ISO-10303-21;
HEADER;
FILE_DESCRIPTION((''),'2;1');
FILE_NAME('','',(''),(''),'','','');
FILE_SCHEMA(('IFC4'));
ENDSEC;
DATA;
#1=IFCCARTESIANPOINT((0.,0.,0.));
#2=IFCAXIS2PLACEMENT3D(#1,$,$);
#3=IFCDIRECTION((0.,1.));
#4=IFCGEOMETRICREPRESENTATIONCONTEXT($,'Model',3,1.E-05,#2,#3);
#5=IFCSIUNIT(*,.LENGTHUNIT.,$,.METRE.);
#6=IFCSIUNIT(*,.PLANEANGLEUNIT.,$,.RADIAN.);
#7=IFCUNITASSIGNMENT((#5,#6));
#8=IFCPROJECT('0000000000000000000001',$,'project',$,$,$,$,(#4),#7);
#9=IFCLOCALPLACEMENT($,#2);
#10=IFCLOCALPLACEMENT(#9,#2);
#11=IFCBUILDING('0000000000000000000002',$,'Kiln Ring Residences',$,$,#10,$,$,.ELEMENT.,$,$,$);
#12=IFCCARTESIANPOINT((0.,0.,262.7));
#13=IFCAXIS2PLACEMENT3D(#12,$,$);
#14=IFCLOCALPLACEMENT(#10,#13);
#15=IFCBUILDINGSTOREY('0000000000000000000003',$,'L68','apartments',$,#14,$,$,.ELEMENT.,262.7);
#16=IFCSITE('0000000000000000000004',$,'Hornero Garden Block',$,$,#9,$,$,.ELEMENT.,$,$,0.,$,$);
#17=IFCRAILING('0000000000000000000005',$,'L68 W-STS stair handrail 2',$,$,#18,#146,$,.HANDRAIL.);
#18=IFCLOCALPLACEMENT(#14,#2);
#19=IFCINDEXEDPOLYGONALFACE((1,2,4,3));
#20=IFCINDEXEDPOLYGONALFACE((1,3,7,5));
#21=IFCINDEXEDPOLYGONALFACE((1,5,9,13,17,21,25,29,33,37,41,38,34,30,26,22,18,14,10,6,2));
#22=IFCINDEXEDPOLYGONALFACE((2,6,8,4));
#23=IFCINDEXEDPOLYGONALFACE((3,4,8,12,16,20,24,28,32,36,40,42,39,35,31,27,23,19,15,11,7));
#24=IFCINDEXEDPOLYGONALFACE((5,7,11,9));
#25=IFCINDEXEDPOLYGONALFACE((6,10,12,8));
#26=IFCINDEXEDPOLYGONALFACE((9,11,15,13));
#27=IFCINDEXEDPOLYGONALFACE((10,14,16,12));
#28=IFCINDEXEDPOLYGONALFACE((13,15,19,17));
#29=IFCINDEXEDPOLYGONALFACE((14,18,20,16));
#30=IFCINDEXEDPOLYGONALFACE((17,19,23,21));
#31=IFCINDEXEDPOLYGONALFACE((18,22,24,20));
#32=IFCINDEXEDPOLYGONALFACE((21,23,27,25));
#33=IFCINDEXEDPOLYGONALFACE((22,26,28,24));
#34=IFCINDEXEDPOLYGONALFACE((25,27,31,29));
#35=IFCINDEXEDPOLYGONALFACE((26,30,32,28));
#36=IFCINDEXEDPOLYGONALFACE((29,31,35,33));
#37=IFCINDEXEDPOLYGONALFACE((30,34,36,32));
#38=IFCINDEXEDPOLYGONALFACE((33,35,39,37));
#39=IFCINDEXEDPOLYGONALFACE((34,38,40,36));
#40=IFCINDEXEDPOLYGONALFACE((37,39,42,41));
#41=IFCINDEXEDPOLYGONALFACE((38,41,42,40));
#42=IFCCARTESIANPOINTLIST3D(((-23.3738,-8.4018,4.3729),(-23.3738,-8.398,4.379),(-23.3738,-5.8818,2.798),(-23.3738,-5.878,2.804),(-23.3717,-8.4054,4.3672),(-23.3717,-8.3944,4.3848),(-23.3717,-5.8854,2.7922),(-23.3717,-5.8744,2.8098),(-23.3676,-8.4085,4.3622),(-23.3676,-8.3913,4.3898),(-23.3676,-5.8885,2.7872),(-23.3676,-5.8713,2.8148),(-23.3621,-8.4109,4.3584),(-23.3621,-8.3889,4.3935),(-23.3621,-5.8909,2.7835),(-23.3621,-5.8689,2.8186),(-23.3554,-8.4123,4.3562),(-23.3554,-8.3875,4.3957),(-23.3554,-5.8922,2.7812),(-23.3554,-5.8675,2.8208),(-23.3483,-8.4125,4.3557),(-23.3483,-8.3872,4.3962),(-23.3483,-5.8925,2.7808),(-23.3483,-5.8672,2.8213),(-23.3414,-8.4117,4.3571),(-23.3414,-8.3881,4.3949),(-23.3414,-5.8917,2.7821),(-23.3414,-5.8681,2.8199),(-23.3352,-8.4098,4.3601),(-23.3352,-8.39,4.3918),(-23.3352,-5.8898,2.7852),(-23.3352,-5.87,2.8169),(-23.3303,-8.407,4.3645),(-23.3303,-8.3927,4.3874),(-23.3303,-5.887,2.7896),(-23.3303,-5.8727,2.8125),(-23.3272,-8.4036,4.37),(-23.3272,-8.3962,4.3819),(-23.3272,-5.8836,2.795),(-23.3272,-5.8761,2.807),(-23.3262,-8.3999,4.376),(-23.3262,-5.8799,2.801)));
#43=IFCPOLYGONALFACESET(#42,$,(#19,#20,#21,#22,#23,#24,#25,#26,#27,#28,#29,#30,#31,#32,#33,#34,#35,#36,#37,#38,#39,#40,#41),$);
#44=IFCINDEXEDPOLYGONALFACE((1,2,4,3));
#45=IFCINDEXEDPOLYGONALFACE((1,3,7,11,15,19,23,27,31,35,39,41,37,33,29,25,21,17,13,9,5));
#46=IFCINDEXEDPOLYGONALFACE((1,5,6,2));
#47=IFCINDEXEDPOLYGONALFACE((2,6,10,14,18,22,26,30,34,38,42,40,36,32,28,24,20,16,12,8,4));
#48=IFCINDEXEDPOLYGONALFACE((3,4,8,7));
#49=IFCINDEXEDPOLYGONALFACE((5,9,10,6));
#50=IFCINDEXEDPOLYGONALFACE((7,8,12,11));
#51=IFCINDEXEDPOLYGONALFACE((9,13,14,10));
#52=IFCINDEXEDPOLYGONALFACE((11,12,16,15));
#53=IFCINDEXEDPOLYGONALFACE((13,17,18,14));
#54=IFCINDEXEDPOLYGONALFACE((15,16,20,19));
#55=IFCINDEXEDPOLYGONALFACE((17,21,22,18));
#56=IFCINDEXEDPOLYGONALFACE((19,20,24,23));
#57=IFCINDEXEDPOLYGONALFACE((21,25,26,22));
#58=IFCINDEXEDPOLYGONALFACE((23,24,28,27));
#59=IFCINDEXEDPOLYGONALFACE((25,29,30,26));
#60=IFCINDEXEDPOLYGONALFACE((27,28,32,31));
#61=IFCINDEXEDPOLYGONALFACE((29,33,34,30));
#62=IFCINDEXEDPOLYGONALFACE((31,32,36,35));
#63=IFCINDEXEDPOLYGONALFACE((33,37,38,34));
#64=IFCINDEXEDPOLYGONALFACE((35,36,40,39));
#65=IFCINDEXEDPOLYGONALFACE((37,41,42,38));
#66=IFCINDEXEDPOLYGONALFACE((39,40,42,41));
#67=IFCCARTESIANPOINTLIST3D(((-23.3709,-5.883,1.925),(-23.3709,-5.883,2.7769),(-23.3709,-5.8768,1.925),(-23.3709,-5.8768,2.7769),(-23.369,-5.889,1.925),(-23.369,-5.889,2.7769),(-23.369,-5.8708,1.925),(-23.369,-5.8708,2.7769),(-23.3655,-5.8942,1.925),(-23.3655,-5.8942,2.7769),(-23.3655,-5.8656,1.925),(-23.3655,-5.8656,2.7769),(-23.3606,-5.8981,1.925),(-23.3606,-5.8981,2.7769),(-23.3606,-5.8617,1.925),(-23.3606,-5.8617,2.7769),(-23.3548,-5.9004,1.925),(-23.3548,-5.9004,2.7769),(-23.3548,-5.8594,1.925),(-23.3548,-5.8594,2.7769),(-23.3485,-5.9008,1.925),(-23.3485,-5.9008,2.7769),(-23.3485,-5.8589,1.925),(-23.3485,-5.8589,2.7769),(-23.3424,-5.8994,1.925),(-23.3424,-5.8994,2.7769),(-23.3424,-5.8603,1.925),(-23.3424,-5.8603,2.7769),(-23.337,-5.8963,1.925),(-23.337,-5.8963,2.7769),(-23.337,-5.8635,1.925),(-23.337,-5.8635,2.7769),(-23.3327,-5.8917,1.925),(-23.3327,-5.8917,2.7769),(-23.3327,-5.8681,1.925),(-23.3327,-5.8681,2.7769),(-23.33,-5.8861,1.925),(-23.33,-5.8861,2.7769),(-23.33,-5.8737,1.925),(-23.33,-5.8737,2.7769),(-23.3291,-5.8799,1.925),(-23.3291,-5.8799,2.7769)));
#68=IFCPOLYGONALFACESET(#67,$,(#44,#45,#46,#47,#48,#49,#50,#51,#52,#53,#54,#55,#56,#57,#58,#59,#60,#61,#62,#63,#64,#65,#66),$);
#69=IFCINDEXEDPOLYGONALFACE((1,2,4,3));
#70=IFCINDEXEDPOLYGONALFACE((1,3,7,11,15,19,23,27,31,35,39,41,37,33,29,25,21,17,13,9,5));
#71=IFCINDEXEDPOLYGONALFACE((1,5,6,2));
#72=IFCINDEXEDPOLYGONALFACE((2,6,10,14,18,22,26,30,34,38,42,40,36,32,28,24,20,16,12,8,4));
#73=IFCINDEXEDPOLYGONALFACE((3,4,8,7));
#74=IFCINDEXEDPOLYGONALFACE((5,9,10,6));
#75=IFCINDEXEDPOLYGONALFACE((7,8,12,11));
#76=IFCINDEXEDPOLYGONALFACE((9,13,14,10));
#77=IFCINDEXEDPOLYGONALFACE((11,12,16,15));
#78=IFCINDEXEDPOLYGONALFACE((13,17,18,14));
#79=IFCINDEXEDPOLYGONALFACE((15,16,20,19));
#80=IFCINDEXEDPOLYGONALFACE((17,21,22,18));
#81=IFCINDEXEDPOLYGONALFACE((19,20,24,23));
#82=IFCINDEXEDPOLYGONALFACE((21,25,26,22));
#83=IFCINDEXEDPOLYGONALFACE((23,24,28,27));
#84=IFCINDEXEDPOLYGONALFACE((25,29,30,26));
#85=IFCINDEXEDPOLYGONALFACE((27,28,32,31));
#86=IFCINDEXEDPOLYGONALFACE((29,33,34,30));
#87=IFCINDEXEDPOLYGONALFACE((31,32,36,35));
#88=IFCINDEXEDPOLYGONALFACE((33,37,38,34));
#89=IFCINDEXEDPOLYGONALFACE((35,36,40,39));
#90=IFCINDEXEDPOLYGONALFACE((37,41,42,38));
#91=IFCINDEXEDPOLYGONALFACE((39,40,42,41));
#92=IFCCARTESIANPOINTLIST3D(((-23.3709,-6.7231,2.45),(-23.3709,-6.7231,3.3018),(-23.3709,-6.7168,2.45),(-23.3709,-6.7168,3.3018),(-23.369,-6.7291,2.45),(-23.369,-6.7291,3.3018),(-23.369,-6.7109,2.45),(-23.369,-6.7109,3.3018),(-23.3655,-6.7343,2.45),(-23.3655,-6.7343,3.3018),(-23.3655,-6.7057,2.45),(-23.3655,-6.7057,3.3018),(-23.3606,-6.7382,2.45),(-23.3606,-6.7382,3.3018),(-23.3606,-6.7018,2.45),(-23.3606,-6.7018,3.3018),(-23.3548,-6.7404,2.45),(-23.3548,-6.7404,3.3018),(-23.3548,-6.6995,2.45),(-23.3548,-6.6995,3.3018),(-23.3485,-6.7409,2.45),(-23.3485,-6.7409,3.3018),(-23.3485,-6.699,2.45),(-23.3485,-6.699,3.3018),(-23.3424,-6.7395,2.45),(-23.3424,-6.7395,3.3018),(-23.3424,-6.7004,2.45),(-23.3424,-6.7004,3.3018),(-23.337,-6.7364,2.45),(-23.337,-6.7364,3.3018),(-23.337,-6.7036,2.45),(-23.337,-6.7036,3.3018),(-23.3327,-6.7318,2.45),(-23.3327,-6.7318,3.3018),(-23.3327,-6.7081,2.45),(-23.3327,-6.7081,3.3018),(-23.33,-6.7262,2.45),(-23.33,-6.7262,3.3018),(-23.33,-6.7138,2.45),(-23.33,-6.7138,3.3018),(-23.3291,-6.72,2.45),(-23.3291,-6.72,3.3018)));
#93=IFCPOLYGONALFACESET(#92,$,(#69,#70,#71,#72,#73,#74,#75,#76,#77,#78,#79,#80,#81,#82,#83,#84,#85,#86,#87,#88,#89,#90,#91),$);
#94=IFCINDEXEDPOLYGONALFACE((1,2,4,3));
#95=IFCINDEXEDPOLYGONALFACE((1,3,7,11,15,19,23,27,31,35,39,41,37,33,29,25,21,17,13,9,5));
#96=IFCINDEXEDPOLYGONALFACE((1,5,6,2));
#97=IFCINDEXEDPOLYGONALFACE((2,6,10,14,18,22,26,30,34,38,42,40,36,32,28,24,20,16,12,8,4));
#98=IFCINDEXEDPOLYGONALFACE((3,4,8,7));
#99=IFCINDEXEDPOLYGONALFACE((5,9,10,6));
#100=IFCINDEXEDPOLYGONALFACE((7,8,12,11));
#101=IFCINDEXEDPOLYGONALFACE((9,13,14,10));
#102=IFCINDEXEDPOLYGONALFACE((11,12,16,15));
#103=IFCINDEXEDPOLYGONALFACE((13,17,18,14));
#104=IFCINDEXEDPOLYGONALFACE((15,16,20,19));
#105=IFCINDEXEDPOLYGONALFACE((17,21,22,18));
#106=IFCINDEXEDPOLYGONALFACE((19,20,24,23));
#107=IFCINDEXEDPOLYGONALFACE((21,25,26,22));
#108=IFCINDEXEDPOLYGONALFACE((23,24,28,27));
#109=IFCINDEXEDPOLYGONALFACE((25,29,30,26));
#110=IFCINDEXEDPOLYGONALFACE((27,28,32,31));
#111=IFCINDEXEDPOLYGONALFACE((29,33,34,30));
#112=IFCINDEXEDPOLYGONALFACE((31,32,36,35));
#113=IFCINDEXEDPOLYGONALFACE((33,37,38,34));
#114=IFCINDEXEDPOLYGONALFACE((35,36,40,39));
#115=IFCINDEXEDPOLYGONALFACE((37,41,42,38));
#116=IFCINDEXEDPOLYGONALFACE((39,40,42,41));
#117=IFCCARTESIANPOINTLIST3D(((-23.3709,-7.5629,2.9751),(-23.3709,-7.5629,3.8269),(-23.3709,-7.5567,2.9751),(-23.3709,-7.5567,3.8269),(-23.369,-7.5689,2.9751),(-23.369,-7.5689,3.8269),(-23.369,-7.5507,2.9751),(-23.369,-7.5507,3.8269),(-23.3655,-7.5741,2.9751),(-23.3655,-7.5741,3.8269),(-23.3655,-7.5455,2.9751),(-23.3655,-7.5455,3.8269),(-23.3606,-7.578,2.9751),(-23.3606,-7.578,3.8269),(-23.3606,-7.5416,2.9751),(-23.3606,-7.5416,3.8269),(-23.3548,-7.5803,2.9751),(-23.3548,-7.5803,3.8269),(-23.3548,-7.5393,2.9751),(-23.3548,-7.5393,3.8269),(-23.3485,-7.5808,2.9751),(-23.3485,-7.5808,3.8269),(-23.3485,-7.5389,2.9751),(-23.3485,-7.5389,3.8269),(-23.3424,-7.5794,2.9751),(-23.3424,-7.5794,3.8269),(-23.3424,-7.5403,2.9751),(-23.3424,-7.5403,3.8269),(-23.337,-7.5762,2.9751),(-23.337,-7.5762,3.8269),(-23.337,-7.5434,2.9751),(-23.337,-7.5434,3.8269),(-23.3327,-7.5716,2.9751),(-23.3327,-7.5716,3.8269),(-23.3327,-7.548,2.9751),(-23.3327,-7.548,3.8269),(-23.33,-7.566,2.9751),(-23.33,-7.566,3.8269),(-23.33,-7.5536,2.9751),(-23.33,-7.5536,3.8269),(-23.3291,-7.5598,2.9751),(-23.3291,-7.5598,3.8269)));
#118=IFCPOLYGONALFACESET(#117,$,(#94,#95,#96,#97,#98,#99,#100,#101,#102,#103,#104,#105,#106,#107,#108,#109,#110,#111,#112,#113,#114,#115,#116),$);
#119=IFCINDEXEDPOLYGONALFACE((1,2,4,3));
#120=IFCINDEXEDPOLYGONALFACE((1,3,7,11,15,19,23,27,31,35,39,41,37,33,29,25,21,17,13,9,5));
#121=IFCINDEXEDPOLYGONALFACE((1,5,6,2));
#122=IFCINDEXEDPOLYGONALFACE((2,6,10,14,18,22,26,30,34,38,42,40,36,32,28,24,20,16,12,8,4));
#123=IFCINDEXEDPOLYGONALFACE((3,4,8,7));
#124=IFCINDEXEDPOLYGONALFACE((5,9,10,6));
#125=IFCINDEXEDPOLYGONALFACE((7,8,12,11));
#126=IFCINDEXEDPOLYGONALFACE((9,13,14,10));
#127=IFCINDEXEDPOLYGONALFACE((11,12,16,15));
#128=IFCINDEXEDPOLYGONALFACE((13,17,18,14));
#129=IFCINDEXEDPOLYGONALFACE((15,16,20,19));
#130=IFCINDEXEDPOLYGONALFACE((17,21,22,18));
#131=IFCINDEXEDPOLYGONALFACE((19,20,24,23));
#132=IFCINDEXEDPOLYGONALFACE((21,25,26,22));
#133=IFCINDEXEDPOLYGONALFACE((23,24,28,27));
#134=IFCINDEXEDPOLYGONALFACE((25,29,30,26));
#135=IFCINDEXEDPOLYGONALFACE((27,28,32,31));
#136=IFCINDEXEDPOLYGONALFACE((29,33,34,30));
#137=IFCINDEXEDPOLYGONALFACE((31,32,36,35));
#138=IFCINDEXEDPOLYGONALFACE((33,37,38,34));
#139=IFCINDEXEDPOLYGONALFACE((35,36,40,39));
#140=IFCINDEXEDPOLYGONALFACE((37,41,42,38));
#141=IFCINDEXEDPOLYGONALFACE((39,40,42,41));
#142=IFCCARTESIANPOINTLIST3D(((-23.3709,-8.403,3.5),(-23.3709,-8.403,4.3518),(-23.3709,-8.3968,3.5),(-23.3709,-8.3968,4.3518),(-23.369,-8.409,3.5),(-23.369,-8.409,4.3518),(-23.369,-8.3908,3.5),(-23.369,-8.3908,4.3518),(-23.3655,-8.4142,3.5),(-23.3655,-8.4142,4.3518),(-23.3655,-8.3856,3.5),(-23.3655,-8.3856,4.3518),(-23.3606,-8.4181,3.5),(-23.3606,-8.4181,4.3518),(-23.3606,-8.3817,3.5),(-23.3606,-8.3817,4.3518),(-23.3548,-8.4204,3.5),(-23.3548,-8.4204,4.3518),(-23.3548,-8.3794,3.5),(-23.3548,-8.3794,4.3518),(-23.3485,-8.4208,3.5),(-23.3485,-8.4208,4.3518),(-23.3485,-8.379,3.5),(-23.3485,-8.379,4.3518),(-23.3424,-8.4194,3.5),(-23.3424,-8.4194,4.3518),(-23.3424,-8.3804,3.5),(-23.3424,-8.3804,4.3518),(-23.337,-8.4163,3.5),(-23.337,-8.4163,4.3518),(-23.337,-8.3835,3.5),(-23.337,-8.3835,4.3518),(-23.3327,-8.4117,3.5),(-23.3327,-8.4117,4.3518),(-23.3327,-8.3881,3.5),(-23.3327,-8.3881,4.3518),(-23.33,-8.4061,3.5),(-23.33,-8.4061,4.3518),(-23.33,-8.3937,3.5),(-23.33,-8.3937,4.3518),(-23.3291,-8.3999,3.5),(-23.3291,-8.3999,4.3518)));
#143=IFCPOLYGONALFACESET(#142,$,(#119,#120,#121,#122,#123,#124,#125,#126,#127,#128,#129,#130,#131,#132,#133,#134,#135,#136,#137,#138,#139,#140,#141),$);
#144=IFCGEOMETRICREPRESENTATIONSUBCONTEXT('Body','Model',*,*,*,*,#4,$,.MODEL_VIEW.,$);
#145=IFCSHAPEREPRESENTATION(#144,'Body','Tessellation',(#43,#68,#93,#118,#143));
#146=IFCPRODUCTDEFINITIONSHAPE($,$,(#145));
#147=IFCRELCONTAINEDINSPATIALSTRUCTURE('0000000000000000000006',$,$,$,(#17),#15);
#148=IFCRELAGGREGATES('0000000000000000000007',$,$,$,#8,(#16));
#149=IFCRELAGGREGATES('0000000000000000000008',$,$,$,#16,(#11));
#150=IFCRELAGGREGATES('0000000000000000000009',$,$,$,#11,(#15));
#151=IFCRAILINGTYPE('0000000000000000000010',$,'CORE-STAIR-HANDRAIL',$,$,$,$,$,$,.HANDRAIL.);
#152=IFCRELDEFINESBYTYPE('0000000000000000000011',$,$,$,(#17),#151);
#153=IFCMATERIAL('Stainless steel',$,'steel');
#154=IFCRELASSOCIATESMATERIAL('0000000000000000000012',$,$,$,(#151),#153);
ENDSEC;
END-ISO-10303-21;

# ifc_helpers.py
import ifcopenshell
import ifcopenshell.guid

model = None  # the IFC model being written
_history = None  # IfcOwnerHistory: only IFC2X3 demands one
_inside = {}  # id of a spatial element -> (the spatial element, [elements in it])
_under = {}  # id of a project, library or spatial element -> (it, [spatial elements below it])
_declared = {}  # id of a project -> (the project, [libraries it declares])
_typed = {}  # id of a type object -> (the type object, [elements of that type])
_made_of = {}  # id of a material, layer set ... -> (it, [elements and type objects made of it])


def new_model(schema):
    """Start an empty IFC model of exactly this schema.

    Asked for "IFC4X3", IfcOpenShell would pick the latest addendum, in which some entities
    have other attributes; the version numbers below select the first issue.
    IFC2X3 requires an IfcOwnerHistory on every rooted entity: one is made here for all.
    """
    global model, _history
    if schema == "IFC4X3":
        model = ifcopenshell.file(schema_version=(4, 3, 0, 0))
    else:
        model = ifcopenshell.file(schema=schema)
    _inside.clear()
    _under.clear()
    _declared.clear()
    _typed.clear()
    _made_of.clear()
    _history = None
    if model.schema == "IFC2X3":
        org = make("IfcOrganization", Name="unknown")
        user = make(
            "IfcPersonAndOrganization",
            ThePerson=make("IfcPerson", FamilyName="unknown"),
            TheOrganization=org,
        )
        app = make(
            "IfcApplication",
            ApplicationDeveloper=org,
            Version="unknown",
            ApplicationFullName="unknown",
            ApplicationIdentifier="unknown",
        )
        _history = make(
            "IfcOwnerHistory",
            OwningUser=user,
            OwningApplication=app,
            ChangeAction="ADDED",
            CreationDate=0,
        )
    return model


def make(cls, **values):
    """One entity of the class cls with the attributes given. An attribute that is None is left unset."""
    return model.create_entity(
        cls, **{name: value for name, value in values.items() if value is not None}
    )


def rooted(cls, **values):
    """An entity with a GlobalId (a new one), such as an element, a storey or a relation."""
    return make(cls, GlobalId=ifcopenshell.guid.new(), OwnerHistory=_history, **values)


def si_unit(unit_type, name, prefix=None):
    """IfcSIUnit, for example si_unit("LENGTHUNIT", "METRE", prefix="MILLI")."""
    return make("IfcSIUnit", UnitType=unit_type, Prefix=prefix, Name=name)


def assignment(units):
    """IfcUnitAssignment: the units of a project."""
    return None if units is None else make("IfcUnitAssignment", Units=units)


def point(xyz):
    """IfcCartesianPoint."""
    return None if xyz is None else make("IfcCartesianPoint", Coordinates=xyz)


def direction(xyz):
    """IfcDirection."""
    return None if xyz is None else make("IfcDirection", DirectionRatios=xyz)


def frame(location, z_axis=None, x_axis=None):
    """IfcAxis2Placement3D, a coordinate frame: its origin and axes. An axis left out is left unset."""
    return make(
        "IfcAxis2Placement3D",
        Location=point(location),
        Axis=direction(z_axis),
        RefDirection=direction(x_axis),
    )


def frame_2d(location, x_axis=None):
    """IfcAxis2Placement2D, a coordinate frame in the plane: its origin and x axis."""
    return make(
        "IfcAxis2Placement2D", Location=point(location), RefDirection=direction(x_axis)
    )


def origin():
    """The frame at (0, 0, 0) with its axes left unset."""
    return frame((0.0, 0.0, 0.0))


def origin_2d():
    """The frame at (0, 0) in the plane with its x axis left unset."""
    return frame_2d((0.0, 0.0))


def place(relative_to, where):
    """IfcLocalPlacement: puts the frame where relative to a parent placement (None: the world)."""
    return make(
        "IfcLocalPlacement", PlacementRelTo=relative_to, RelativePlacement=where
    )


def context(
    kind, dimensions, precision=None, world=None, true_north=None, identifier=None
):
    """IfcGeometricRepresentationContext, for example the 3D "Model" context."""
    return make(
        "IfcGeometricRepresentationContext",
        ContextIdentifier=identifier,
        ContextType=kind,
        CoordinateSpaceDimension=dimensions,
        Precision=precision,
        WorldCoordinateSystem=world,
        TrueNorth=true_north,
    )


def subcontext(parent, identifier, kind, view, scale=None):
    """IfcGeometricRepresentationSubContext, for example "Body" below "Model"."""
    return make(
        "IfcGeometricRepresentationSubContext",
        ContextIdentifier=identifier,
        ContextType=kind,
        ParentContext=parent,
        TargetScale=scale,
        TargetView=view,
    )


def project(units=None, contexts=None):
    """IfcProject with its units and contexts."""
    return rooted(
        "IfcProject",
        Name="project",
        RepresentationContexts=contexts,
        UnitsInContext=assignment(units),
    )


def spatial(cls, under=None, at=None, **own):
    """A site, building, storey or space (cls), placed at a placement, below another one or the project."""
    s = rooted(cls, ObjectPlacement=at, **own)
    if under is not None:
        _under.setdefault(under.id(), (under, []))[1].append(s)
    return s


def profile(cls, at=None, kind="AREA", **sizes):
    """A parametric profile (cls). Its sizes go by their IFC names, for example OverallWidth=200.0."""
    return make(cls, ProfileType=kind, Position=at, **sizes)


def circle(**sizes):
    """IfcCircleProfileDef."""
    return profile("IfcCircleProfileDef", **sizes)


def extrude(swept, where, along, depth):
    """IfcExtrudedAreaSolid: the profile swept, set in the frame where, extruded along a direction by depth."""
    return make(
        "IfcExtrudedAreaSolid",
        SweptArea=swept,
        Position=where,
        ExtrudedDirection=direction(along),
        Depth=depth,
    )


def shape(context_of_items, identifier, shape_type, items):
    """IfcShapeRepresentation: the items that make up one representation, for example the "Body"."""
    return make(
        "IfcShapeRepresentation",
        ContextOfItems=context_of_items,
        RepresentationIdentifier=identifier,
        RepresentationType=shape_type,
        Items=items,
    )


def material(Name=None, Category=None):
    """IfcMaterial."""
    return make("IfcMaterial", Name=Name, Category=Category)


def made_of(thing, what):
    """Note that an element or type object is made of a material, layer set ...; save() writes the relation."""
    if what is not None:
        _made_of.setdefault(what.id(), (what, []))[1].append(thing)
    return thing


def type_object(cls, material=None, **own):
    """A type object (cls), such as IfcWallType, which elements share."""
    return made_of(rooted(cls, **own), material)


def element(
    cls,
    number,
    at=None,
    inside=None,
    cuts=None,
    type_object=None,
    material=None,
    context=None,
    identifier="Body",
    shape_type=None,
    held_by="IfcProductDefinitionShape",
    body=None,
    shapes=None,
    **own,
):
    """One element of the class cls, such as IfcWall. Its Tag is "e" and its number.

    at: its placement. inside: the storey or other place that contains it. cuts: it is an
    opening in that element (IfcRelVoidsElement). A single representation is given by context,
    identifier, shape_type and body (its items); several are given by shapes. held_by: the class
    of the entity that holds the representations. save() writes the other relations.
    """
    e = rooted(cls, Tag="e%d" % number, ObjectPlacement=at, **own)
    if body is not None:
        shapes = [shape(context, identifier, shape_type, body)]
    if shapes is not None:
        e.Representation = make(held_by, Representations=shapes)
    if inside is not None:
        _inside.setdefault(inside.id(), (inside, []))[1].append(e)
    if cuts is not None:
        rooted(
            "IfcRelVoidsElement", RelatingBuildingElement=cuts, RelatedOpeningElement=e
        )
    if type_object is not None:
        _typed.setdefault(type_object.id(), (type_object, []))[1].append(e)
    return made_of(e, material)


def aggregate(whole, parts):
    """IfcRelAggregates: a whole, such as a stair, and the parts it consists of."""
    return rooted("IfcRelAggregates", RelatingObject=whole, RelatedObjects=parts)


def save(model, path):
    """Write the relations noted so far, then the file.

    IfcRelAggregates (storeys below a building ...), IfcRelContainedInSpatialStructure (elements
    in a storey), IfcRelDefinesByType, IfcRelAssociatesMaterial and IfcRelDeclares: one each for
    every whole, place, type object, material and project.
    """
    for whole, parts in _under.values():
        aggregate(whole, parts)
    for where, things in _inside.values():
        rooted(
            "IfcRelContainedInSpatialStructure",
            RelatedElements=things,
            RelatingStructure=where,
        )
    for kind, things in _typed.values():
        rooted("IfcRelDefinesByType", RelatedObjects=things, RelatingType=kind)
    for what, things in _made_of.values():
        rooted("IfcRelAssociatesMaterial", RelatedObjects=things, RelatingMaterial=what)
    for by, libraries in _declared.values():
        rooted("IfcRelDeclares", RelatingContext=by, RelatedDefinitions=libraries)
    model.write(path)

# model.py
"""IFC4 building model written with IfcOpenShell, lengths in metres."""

from ifc_helpers import new_model, si_unit, direction, frame, origin, origin_2d, place, context, subcontext, project, spatial, circle, extrude, material, type_object, element, save


model = new_model("IFC4")

# Units and contexts
model_context = context("Model", 3, precision=1e-05, world=origin(), true_north=direction((0.0, 1.0)))
body_context = subcontext(model_context, "Body", "Model", "MODEL_VIEW")
ifc_project = project(units=[si_unit("LENGTHUNIT", "METRE"), si_unit("PLANEANGLEUNIT", "RADIAN")], contexts=[model_context])

# Site, building, storey
site_placement = place(None, origin())
site = spatial("IfcSite", under=ifc_project, at=site_placement, Name="Hornero Garden Block", CompositionType="ELEMENT", RefElevation=0.0)
building_placement = place(site_placement, origin())
building = spatial("IfcBuilding", under=site, at=building_placement, Name="Kiln Ring Residences", CompositionType="ELEMENT")
storey_placement = place(building_placement, frame((0.0, 0.0, 262.7)))
storey = spatial("IfcBuildingStorey", under=building, at=storey_placement, Name="L68", Description="apartments", CompositionType="ELEMENT", Elevation=262.7)

# Railing
ifc_material_1 = material(Name="Stainless steel", Category="steel")
railing_type_1 = type_object("IfcRailingType", Name="CORE-STAIR-HANDRAIL", PredefinedType="HANDRAIL", material=ifc_material_1)
railing_1_placement = place(storey_placement, frame((-23.3501, -5.8799, 1.925)))
element("IfcRailing", 1, at=railing_1_placement, inside=storey, type_object=railing_type_1, Name="L68 W-STS stair handrail 2", PredefinedType="HANDRAIL", context=body_context, shape_type="SweptSolid", body=[
    extrude(circle(Radius=0.0239, at=origin_2d()), frame((0.0, 0.0, 0.876), z_axis=(0.0, -0.848008, 0.529984), x_axis=(1.0, 0.0, 0.0)), (0.0, 0.0, 1.0), 2.9717),
    extrude(circle(Radius=0.021, at=origin_2d()), origin(), (0.0, 0.0, 1.0), 0.8518),
    extrude(circle(Radius=0.021, at=origin_2d()), frame((0.0, -0.8401, 0.5249)), (0.0, 0.0, 1.0), 0.8518),
    extrude(circle(Radius=0.021, at=origin_2d()), frame((0.0, -1.6799, 1.05)), (0.0, 0.0, 1.0), 0.8518),
    extrude(circle(Radius=0.021, at=origin_2d()), frame((0.0, -2.52, 1.575)), (0.0, 0.0, 1.0), 0.8518),
])

save(model, "model.ifc")
